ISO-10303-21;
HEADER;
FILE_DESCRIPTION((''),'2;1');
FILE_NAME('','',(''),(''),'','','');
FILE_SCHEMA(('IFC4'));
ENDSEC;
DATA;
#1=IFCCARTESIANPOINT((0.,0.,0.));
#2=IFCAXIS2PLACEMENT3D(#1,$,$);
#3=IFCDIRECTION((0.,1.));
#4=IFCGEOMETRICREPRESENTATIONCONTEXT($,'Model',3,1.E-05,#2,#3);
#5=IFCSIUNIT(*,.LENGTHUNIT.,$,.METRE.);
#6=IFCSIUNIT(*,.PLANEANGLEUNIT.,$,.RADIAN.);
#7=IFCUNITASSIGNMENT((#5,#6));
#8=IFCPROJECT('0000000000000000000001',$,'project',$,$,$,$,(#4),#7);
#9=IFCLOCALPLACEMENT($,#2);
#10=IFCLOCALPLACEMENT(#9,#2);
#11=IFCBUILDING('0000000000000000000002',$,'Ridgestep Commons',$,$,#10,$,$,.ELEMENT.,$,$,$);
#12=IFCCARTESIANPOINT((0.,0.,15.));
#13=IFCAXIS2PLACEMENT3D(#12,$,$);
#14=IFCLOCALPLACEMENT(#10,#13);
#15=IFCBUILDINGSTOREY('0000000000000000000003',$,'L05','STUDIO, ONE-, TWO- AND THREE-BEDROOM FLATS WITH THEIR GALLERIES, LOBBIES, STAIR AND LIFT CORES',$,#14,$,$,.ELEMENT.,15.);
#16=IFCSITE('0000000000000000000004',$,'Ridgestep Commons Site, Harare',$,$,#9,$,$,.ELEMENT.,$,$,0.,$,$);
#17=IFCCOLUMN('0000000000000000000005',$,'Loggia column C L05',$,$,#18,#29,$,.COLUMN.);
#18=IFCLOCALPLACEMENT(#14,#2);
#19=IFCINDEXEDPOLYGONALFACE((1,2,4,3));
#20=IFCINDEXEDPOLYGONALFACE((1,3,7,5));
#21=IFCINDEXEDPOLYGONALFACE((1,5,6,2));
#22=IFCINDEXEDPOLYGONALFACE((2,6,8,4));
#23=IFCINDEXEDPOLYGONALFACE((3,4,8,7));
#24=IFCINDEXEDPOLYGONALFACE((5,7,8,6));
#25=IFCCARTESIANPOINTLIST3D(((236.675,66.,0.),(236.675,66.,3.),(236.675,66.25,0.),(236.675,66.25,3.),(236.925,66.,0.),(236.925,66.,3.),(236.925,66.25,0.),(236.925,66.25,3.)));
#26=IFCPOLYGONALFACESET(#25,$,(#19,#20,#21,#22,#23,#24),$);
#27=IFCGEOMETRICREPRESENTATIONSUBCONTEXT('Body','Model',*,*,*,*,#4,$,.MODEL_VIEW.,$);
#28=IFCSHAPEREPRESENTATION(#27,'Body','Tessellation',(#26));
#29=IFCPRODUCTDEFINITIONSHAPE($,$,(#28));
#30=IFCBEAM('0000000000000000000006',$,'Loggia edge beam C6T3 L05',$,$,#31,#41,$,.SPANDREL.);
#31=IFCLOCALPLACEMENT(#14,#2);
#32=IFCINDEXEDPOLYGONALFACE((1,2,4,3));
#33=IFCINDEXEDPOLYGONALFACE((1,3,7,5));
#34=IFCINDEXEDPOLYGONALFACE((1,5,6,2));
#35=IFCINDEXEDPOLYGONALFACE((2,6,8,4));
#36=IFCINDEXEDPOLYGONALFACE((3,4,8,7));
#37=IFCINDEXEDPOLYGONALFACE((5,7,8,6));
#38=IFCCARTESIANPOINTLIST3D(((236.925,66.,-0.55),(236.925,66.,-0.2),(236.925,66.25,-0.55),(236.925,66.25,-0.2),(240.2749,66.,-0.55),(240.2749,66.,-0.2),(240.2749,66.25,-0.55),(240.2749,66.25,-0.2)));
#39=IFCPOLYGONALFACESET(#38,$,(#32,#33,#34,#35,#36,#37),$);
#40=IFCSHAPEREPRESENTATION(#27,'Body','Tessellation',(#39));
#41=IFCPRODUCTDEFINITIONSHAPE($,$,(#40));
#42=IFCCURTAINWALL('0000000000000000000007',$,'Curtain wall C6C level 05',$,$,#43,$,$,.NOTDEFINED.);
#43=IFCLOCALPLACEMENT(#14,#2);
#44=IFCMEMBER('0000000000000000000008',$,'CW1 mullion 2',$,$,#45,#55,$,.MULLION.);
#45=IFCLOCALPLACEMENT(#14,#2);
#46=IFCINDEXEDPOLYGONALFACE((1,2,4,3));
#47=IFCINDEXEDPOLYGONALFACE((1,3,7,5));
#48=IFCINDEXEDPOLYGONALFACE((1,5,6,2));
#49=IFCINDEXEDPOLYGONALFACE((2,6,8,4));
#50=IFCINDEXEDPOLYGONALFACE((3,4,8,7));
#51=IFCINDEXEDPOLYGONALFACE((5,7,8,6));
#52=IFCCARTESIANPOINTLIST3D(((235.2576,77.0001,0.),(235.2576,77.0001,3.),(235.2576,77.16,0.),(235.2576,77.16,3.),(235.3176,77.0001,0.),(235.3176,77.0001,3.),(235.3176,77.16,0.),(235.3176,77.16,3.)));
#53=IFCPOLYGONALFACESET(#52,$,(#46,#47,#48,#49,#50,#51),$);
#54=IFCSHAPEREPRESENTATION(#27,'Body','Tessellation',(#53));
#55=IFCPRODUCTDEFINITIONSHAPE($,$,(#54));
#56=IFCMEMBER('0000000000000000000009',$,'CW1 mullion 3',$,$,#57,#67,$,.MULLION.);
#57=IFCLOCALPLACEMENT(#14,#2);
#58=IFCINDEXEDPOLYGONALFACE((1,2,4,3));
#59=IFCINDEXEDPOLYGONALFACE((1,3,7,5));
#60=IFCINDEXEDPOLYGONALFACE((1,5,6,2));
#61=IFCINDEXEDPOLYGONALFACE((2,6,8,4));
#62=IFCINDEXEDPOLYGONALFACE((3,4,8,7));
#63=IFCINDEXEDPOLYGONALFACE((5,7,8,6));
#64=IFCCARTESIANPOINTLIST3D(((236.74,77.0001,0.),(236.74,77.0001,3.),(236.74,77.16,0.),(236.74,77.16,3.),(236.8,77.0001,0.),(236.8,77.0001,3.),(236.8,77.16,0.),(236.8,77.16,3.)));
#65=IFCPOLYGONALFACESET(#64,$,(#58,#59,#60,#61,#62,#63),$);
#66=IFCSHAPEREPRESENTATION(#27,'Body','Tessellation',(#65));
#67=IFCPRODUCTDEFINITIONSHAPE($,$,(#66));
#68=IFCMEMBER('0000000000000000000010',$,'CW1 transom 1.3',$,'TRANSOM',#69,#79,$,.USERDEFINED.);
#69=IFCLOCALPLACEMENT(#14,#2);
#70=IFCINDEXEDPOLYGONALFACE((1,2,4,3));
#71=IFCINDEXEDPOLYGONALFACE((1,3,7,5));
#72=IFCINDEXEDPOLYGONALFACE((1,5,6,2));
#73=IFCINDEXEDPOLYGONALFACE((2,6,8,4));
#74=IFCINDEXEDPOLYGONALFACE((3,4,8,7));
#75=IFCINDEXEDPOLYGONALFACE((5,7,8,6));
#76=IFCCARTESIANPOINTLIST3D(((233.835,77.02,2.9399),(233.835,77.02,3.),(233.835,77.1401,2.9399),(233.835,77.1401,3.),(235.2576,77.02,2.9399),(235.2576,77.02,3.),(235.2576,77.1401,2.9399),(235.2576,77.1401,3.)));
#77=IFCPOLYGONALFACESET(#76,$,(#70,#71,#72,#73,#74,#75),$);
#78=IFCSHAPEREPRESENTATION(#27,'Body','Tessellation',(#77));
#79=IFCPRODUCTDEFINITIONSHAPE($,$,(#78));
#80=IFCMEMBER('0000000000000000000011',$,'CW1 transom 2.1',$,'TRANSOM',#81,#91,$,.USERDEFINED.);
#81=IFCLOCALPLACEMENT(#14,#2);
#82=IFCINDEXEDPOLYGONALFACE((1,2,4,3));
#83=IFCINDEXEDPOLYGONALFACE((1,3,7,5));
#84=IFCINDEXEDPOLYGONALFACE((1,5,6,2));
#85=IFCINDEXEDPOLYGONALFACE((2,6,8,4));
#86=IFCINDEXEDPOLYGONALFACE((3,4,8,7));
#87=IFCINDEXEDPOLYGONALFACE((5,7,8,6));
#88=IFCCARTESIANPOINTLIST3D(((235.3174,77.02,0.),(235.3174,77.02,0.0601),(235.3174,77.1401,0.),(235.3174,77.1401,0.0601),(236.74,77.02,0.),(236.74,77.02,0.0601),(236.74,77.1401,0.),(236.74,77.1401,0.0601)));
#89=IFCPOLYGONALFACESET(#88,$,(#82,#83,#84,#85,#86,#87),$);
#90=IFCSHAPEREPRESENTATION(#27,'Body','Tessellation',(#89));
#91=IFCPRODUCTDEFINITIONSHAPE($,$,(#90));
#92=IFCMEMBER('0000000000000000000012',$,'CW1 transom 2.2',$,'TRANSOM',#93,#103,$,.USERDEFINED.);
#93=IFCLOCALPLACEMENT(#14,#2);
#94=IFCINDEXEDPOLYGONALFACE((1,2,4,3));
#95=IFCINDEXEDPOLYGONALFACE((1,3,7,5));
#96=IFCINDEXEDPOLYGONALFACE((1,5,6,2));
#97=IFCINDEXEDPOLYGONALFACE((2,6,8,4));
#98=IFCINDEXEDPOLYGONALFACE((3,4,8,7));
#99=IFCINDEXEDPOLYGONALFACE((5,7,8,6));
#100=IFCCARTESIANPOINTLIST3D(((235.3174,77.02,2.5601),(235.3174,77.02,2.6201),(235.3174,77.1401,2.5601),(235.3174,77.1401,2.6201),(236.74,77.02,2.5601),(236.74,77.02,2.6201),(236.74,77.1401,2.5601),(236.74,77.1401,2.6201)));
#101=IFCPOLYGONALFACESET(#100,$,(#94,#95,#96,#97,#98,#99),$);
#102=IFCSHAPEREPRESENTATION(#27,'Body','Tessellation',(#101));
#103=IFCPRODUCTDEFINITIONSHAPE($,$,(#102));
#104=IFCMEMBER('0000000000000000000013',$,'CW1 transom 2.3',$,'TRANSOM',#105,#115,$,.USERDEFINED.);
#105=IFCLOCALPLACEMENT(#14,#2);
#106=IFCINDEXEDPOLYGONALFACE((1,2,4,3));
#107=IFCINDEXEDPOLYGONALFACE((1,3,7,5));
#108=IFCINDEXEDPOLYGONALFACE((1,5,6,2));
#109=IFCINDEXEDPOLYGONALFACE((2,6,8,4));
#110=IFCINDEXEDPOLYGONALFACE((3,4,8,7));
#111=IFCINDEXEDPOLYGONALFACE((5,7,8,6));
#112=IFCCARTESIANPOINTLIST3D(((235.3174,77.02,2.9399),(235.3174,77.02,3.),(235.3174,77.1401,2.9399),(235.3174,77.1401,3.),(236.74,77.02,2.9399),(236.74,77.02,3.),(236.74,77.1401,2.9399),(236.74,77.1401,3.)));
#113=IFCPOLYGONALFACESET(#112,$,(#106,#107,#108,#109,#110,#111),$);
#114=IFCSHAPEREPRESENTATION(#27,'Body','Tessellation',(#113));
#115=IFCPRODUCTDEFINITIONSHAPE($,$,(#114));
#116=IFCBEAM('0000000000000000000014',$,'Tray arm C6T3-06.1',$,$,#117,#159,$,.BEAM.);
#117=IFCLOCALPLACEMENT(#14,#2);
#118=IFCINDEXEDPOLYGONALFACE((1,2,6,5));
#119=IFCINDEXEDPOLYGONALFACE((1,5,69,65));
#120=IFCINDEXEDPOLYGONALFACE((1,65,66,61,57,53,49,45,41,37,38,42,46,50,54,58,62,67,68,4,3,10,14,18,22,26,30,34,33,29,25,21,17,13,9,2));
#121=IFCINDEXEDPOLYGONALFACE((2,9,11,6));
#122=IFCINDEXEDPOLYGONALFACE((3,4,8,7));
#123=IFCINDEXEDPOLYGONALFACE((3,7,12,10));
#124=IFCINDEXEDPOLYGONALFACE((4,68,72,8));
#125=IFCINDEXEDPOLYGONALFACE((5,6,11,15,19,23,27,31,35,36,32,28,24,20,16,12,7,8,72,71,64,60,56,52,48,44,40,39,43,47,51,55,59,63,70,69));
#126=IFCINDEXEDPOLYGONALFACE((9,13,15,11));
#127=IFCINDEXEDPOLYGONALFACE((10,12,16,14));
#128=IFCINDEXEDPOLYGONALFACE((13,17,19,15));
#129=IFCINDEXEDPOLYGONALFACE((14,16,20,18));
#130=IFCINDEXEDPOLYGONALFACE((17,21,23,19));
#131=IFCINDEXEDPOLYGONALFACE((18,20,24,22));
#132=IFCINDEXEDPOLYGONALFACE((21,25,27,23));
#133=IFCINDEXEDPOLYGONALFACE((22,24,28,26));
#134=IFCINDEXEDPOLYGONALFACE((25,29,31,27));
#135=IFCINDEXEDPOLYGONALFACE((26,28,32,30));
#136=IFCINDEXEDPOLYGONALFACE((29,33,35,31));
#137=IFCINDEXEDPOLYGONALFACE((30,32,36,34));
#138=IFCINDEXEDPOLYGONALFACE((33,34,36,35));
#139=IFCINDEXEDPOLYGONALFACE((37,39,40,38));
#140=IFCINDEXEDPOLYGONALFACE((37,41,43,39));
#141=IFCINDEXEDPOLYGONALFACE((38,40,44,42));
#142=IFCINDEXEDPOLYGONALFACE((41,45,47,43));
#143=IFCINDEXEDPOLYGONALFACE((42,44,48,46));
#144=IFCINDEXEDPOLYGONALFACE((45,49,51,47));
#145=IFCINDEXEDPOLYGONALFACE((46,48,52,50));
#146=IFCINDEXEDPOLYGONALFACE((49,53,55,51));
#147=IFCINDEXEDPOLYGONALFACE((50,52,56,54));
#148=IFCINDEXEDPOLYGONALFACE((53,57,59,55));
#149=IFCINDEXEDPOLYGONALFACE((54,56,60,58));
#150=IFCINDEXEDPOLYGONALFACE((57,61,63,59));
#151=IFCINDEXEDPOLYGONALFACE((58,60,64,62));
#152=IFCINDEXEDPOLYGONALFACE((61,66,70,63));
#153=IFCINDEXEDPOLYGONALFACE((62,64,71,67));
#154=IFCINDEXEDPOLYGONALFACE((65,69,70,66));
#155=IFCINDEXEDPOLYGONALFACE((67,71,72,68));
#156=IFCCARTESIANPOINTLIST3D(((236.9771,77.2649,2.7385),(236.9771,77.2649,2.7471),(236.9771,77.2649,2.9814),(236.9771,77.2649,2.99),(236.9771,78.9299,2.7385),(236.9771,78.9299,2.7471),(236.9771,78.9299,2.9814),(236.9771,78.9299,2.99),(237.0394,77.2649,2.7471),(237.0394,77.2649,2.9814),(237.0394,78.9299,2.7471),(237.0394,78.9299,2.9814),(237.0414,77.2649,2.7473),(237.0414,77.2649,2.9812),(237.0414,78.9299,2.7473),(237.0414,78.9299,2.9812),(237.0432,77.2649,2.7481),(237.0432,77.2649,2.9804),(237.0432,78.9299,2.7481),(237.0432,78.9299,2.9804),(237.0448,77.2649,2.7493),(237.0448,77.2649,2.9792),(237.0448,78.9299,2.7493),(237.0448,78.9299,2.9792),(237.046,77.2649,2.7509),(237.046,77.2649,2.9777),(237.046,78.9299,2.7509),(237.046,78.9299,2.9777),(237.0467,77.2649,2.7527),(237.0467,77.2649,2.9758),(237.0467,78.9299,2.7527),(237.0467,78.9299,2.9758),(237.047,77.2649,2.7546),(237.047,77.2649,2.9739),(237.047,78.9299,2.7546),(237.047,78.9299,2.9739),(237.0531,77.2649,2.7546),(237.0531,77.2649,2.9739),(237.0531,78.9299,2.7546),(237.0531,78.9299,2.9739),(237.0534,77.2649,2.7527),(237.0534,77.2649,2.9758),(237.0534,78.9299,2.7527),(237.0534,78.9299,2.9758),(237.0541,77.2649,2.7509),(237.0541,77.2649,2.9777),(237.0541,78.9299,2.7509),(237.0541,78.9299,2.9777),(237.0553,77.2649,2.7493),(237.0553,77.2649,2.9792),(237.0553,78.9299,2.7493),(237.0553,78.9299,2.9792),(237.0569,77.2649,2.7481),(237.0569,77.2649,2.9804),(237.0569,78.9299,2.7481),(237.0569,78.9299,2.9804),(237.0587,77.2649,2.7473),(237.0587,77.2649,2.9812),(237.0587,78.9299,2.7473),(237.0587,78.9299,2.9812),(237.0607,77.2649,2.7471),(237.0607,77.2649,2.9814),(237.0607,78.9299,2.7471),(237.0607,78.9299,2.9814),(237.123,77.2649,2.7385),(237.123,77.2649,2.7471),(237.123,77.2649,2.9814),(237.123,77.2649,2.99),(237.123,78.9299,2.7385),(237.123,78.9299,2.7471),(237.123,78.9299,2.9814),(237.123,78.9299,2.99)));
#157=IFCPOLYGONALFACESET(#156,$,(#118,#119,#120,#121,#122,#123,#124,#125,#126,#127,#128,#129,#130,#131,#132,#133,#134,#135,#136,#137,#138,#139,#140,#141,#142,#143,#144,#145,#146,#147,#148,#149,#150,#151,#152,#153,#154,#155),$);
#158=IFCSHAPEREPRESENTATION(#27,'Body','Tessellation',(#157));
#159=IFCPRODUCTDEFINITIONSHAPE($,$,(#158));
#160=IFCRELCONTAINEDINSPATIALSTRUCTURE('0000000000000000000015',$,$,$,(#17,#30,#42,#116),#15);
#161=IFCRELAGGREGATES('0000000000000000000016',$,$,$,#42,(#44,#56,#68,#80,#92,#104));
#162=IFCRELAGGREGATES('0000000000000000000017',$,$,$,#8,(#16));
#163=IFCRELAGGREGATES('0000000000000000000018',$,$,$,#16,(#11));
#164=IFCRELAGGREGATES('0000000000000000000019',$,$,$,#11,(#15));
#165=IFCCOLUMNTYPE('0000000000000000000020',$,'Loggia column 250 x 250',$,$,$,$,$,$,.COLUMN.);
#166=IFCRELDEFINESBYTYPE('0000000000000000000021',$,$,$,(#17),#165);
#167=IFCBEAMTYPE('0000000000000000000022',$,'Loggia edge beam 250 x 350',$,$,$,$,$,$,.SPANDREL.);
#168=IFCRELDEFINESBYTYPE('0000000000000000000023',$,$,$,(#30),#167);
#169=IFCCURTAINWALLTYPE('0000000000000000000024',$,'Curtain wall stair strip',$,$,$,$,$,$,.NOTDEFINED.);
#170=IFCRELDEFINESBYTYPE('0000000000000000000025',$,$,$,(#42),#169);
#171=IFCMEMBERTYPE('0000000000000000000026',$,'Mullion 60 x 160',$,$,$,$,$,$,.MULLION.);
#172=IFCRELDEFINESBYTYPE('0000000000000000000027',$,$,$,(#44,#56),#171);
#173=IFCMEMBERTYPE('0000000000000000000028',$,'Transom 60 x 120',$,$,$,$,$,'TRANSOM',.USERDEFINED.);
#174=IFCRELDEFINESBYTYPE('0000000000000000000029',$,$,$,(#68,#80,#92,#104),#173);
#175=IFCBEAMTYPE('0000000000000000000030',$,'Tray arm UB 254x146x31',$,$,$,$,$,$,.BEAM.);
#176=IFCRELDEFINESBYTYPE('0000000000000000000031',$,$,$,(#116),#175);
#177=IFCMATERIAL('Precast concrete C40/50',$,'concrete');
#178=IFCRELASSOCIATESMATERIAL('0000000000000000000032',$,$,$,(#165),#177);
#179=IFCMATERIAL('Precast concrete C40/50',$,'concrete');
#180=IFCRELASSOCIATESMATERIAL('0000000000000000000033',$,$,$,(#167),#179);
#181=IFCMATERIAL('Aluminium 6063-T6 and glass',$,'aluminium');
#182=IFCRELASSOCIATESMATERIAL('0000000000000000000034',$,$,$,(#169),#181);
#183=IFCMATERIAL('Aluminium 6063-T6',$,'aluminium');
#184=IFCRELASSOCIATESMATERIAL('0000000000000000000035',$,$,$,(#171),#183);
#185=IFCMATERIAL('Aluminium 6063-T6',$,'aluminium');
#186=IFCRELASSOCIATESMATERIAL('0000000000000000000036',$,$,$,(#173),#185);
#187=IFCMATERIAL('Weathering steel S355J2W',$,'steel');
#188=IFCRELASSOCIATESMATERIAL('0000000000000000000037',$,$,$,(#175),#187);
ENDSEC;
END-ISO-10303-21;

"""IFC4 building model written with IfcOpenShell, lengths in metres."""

from ifc_helpers import new_model, si_unit, direction, frame, origin, origin_2d, place, context, subcontext, project, spatial, rectangle, i_section, extrude, material, material_profile, profile_set, type_object, element, aggregate, save


model = new_model("IFC4")

# Units and contexts
model_context = context("Model", 3, precision=1e-05, world=origin(), true_north=direction((0.0, 1.0)))
body_context = subcontext(model_context, "Body", "Model", "MODEL_VIEW")
ifc_project = project(units=[si_unit("LENGTHUNIT", "METRE"), si_unit("PLANEANGLEUNIT", "RADIAN")], contexts=[model_context])

# Site, building, storey
site_placement = place(None, origin())
site = spatial("IfcSite", under=ifc_project, at=site_placement, Name="Ridgestep Commons Site, Harare", CompositionType="ELEMENT", RefElevation=0.0)
building_placement = place(site_placement, origin())
building = spatial("IfcBuilding", under=site, at=building_placement, Name="Ridgestep Commons", CompositionType="ELEMENT")
storey_placement = place(building_placement, frame((0.0, 0.0, 15.0)))
storey = spatial("IfcBuildingStorey", under=building, at=storey_placement, Name="L05", Description="STUDIO, ONE-, TWO- AND THREE-BEDROOM FLATS WITH THEIR GALLERIES, LOBBIES, STAIR AND LIFT CORES", CompositionType="ELEMENT", Elevation=15.0)

# Column
ifc_material_1 = material(Name="Precast concrete C40/50", Category="concrete")
ifc_material_profile_1 = material_profile(ifc_material_1, rectangle(XDim=0.25, YDim=0.25, at=origin_2d()), Name="PC 250x250")
ifc_profile_set_1 = profile_set([ifc_material_profile_1], Name="Precast concrete C40/50")
column_type = type_object("IfcColumnType", Name="Loggia column 250 x 250", PredefinedType="COLUMN", material=ifc_profile_set_1)
column_placement = place(storey_placement, frame((236.8, 66.125, 0.0), z_axis=(0.0, 0.0, 1.0), x_axis=(1.0, 0.0, 0.0)))
element("IfcColumn", 1, at=column_placement, inside=storey, type_object=column_type, Name="Loggia column C L05", PredefinedType="COLUMN", context=body_context, shape_type="SweptSolid", body=[
    extrude(rectangle(XDim=0.25, YDim=0.25, at=origin_2d()), origin(), (0.0, 0.0, 1.0), 3.0),
])

# Beam
ifc_material_2 = material(Name="Precast concrete C40/50", Category="concrete")
ifc_material_profile_2 = material_profile(ifc_material_2, rectangle(XDim=0.25, YDim=0.3501, at=origin_2d()), Name="PC 250x350")
ifc_profile_set_2 = profile_set([ifc_material_profile_2], Name="Precast concrete C40/50")
beam_type_1 = type_object("IfcBeamType", Name="Loggia edge beam 250 x 350", PredefinedType="SPANDREL", material=ifc_profile_set_2)
beam_1_placement = place(storey_placement, frame((236.925, 66.125, -0.375), z_axis=(1.0, 0.0, 0.0), x_axis=(0.0, 1.0, 0.0)))
element("IfcBeam", 2, at=beam_1_placement, inside=storey, type_object=beam_type_1, Name="Loggia edge beam C6T3 L05", PredefinedType="SPANDREL", context=body_context, shape_type="SweptSolid", body=[
    extrude(rectangle(XDim=0.25, YDim=0.3501, at=origin_2d()), origin(), (0.0, 0.0, 1.0), 3.3499),
])

# Curtain wall, members
ifc_material_3 = material(Name="Aluminium 6063-T6 and glass", Category="aluminium")
curtain_wall_type = type_object("IfcCurtainWallType", Name="Curtain wall stair strip", PredefinedType="NOTDEFINED", material=ifc_material_3)
curtain_wall_placement = place(storey_placement, origin())
curtain_wall = element("IfcCurtainWall", 3, at=curtain_wall_placement, inside=storey, type_object=curtain_wall_type, Name="Curtain wall C6C level 05", PredefinedType="NOTDEFINED")
ifc_material_4 = material(Name="Aluminium 6063-T6", Category="aluminium")
ifc_material_profile_3 = material_profile(ifc_material_4, rectangle(XDim=0.1599, YDim=0.0601, at=origin_2d()), Name="Mullion 60 x 160")
ifc_profile_set_3 = profile_set([ifc_material_profile_3], Name="Aluminium 6063-T6")
member_type_1 = type_object("IfcMemberType", Name="Mullion 60 x 160", PredefinedType="MULLION", material=ifc_profile_set_3)
member_1_placement = place(storey_placement, frame((235.2876, 77.0801, 0.0), z_axis=(0.0, 0.0, 1.0), x_axis=(0.0, 1.0, 0.0)))
member_1 = element("IfcMember", 4, at=member_1_placement, type_object=member_type_1, Name="CW1 mullion 2", PredefinedType="MULLION", context=body_context, shape_type="SweptSolid", body=[
    extrude(rectangle(XDim=0.1599, YDim=0.0601, at=origin_2d()), origin(), (0.0, 0.0, 1.0), 3.0),
])
member_2_placement = place(storey_placement, frame((236.77, 77.0801, 0.0), z_axis=(0.0, 0.0, 1.0), x_axis=(0.0, 1.0, 0.0)))
member_2 = element("IfcMember", 5, at=member_2_placement, type_object=member_type_1, Name="CW1 mullion 3", PredefinedType="MULLION", context=body_context, shape_type="SweptSolid", body=[
    extrude(rectangle(XDim=0.1599, YDim=0.0601, at=origin_2d()), origin(), (0.0, 0.0, 1.0), 3.0),
])
ifc_material_5 = material(Name="Aluminium 6063-T6", Category="aluminium")
ifc_material_profile_4 = material_profile(ifc_material_5, rectangle(XDim=0.1201, YDim=0.0601, at=origin_2d()), Name="Transom 60 x 120")
ifc_profile_set_4 = profile_set([ifc_material_profile_4], Name="Aluminium 6063-T6")
member_type_2 = type_object("IfcMemberType", Name="Transom 60 x 120", ElementType="TRANSOM", PredefinedType="USERDEFINED", material=ifc_profile_set_4)
member_3_placement = place(storey_placement, frame((233.835, 77.0801, 2.97), z_axis=(1.0, 0.0, 0.0), x_axis=(0.0, 1.0, 0.0)))
member_3 = element("IfcMember", 6, at=member_3_placement, type_object=member_type_2, Name="CW1 transom 1.3", ObjectType="TRANSOM", PredefinedType="USERDEFINED", context=body_context, shape_type="SweptSolid", body=[
    extrude(rectangle(XDim=0.1201, YDim=0.0601, at=origin_2d()), origin(), (0.0, 0.0, 1.0), 1.4226),
])
member_4_placement = place(storey_placement, frame((235.3174, 77.0801, 0.03), z_axis=(1.0, 0.0, 0.0), x_axis=(0.0, 1.0, 0.0)))
member_4 = element("IfcMember", 7, at=member_4_placement, type_object=member_type_2, Name="CW1 transom 2.1", ObjectType="TRANSOM", PredefinedType="USERDEFINED", context=body_context, shape_type="SweptSolid", body=[
    extrude(rectangle(XDim=0.1201, YDim=0.0601, at=origin_2d()), origin(), (0.0, 0.0, 1.0), 1.4226),
])
member_5_placement = place(storey_placement, frame((235.3174, 77.0801, 2.5901), z_axis=(1.0, 0.0, 0.0), x_axis=(0.0, 1.0, 0.0)))
member_5 = element("IfcMember", 8, at=member_5_placement, type_object=member_type_2, Name="CW1 transom 2.2", ObjectType="TRANSOM", PredefinedType="USERDEFINED", context=body_context, shape_type="SweptSolid", body=[
    extrude(rectangle(XDim=0.1201, YDim=0.0601, at=origin_2d()), origin(), (0.0, 0.0, 1.0), 1.4226),
])
member_6_placement = place(storey_placement, frame((235.3174, 77.0801, 2.97), z_axis=(1.0, 0.0, 0.0), x_axis=(0.0, 1.0, 0.0)))
member_6 = element("IfcMember", 9, at=member_6_placement, type_object=member_type_2, Name="CW1 transom 2.3", ObjectType="TRANSOM", PredefinedType="USERDEFINED", context=body_context, shape_type="SweptSolid", body=[
    extrude(rectangle(XDim=0.1201, YDim=0.0601, at=origin_2d()), origin(), (0.0, 0.0, 1.0), 1.4226),
])

# Beam
ifc_material_6 = material(Name="Weathering steel S355J2W", Category="steel")
ifc_material_profile_5 = material_profile(ifc_material_6, i_section(OverallWidth=0.146, OverallDepth=0.2515, WebThickness=0.0061, FlangeThickness=0.0085, FilletRadius=0.0076, at=origin_2d()), Name="UB 254x146x31")
ifc_profile_set_5 = profile_set([ifc_material_profile_5], Name="Weathering steel S355J2W")
beam_type_2 = type_object("IfcBeamType", Name="Tray arm UB 254x146x31", PredefinedType="BEAM", material=ifc_profile_set_5)
for number, where, z_axis, x_axis, name in (
    (10, (237.05, 77.2649, 2.8643), (0.0, 1.0, 0.0), (-1.0, 0.0, 0.0), "Tray arm C6T3-06.1"),
):
    element("IfcBeam", number, at=place(storey_placement, frame(where, z_axis=z_axis, x_axis=x_axis)), inside=storey, type_object=beam_type_2, Name=name, PredefinedType="BEAM", context=body_context, shape_type="SweptSolid", body=[
        extrude(i_section(OverallWidth=0.146, OverallDepth=0.2515, WebThickness=0.0061, FlangeThickness=0.0085, FilletRadius=0.0076, at=origin_2d()), origin(), (0.0, 0.0, 1.0), 1.665),
    ])

aggregate(curtain_wall, [member_1, member_2, member_3, member_4, member_5, member_6])

save(model, "model.ifc")
